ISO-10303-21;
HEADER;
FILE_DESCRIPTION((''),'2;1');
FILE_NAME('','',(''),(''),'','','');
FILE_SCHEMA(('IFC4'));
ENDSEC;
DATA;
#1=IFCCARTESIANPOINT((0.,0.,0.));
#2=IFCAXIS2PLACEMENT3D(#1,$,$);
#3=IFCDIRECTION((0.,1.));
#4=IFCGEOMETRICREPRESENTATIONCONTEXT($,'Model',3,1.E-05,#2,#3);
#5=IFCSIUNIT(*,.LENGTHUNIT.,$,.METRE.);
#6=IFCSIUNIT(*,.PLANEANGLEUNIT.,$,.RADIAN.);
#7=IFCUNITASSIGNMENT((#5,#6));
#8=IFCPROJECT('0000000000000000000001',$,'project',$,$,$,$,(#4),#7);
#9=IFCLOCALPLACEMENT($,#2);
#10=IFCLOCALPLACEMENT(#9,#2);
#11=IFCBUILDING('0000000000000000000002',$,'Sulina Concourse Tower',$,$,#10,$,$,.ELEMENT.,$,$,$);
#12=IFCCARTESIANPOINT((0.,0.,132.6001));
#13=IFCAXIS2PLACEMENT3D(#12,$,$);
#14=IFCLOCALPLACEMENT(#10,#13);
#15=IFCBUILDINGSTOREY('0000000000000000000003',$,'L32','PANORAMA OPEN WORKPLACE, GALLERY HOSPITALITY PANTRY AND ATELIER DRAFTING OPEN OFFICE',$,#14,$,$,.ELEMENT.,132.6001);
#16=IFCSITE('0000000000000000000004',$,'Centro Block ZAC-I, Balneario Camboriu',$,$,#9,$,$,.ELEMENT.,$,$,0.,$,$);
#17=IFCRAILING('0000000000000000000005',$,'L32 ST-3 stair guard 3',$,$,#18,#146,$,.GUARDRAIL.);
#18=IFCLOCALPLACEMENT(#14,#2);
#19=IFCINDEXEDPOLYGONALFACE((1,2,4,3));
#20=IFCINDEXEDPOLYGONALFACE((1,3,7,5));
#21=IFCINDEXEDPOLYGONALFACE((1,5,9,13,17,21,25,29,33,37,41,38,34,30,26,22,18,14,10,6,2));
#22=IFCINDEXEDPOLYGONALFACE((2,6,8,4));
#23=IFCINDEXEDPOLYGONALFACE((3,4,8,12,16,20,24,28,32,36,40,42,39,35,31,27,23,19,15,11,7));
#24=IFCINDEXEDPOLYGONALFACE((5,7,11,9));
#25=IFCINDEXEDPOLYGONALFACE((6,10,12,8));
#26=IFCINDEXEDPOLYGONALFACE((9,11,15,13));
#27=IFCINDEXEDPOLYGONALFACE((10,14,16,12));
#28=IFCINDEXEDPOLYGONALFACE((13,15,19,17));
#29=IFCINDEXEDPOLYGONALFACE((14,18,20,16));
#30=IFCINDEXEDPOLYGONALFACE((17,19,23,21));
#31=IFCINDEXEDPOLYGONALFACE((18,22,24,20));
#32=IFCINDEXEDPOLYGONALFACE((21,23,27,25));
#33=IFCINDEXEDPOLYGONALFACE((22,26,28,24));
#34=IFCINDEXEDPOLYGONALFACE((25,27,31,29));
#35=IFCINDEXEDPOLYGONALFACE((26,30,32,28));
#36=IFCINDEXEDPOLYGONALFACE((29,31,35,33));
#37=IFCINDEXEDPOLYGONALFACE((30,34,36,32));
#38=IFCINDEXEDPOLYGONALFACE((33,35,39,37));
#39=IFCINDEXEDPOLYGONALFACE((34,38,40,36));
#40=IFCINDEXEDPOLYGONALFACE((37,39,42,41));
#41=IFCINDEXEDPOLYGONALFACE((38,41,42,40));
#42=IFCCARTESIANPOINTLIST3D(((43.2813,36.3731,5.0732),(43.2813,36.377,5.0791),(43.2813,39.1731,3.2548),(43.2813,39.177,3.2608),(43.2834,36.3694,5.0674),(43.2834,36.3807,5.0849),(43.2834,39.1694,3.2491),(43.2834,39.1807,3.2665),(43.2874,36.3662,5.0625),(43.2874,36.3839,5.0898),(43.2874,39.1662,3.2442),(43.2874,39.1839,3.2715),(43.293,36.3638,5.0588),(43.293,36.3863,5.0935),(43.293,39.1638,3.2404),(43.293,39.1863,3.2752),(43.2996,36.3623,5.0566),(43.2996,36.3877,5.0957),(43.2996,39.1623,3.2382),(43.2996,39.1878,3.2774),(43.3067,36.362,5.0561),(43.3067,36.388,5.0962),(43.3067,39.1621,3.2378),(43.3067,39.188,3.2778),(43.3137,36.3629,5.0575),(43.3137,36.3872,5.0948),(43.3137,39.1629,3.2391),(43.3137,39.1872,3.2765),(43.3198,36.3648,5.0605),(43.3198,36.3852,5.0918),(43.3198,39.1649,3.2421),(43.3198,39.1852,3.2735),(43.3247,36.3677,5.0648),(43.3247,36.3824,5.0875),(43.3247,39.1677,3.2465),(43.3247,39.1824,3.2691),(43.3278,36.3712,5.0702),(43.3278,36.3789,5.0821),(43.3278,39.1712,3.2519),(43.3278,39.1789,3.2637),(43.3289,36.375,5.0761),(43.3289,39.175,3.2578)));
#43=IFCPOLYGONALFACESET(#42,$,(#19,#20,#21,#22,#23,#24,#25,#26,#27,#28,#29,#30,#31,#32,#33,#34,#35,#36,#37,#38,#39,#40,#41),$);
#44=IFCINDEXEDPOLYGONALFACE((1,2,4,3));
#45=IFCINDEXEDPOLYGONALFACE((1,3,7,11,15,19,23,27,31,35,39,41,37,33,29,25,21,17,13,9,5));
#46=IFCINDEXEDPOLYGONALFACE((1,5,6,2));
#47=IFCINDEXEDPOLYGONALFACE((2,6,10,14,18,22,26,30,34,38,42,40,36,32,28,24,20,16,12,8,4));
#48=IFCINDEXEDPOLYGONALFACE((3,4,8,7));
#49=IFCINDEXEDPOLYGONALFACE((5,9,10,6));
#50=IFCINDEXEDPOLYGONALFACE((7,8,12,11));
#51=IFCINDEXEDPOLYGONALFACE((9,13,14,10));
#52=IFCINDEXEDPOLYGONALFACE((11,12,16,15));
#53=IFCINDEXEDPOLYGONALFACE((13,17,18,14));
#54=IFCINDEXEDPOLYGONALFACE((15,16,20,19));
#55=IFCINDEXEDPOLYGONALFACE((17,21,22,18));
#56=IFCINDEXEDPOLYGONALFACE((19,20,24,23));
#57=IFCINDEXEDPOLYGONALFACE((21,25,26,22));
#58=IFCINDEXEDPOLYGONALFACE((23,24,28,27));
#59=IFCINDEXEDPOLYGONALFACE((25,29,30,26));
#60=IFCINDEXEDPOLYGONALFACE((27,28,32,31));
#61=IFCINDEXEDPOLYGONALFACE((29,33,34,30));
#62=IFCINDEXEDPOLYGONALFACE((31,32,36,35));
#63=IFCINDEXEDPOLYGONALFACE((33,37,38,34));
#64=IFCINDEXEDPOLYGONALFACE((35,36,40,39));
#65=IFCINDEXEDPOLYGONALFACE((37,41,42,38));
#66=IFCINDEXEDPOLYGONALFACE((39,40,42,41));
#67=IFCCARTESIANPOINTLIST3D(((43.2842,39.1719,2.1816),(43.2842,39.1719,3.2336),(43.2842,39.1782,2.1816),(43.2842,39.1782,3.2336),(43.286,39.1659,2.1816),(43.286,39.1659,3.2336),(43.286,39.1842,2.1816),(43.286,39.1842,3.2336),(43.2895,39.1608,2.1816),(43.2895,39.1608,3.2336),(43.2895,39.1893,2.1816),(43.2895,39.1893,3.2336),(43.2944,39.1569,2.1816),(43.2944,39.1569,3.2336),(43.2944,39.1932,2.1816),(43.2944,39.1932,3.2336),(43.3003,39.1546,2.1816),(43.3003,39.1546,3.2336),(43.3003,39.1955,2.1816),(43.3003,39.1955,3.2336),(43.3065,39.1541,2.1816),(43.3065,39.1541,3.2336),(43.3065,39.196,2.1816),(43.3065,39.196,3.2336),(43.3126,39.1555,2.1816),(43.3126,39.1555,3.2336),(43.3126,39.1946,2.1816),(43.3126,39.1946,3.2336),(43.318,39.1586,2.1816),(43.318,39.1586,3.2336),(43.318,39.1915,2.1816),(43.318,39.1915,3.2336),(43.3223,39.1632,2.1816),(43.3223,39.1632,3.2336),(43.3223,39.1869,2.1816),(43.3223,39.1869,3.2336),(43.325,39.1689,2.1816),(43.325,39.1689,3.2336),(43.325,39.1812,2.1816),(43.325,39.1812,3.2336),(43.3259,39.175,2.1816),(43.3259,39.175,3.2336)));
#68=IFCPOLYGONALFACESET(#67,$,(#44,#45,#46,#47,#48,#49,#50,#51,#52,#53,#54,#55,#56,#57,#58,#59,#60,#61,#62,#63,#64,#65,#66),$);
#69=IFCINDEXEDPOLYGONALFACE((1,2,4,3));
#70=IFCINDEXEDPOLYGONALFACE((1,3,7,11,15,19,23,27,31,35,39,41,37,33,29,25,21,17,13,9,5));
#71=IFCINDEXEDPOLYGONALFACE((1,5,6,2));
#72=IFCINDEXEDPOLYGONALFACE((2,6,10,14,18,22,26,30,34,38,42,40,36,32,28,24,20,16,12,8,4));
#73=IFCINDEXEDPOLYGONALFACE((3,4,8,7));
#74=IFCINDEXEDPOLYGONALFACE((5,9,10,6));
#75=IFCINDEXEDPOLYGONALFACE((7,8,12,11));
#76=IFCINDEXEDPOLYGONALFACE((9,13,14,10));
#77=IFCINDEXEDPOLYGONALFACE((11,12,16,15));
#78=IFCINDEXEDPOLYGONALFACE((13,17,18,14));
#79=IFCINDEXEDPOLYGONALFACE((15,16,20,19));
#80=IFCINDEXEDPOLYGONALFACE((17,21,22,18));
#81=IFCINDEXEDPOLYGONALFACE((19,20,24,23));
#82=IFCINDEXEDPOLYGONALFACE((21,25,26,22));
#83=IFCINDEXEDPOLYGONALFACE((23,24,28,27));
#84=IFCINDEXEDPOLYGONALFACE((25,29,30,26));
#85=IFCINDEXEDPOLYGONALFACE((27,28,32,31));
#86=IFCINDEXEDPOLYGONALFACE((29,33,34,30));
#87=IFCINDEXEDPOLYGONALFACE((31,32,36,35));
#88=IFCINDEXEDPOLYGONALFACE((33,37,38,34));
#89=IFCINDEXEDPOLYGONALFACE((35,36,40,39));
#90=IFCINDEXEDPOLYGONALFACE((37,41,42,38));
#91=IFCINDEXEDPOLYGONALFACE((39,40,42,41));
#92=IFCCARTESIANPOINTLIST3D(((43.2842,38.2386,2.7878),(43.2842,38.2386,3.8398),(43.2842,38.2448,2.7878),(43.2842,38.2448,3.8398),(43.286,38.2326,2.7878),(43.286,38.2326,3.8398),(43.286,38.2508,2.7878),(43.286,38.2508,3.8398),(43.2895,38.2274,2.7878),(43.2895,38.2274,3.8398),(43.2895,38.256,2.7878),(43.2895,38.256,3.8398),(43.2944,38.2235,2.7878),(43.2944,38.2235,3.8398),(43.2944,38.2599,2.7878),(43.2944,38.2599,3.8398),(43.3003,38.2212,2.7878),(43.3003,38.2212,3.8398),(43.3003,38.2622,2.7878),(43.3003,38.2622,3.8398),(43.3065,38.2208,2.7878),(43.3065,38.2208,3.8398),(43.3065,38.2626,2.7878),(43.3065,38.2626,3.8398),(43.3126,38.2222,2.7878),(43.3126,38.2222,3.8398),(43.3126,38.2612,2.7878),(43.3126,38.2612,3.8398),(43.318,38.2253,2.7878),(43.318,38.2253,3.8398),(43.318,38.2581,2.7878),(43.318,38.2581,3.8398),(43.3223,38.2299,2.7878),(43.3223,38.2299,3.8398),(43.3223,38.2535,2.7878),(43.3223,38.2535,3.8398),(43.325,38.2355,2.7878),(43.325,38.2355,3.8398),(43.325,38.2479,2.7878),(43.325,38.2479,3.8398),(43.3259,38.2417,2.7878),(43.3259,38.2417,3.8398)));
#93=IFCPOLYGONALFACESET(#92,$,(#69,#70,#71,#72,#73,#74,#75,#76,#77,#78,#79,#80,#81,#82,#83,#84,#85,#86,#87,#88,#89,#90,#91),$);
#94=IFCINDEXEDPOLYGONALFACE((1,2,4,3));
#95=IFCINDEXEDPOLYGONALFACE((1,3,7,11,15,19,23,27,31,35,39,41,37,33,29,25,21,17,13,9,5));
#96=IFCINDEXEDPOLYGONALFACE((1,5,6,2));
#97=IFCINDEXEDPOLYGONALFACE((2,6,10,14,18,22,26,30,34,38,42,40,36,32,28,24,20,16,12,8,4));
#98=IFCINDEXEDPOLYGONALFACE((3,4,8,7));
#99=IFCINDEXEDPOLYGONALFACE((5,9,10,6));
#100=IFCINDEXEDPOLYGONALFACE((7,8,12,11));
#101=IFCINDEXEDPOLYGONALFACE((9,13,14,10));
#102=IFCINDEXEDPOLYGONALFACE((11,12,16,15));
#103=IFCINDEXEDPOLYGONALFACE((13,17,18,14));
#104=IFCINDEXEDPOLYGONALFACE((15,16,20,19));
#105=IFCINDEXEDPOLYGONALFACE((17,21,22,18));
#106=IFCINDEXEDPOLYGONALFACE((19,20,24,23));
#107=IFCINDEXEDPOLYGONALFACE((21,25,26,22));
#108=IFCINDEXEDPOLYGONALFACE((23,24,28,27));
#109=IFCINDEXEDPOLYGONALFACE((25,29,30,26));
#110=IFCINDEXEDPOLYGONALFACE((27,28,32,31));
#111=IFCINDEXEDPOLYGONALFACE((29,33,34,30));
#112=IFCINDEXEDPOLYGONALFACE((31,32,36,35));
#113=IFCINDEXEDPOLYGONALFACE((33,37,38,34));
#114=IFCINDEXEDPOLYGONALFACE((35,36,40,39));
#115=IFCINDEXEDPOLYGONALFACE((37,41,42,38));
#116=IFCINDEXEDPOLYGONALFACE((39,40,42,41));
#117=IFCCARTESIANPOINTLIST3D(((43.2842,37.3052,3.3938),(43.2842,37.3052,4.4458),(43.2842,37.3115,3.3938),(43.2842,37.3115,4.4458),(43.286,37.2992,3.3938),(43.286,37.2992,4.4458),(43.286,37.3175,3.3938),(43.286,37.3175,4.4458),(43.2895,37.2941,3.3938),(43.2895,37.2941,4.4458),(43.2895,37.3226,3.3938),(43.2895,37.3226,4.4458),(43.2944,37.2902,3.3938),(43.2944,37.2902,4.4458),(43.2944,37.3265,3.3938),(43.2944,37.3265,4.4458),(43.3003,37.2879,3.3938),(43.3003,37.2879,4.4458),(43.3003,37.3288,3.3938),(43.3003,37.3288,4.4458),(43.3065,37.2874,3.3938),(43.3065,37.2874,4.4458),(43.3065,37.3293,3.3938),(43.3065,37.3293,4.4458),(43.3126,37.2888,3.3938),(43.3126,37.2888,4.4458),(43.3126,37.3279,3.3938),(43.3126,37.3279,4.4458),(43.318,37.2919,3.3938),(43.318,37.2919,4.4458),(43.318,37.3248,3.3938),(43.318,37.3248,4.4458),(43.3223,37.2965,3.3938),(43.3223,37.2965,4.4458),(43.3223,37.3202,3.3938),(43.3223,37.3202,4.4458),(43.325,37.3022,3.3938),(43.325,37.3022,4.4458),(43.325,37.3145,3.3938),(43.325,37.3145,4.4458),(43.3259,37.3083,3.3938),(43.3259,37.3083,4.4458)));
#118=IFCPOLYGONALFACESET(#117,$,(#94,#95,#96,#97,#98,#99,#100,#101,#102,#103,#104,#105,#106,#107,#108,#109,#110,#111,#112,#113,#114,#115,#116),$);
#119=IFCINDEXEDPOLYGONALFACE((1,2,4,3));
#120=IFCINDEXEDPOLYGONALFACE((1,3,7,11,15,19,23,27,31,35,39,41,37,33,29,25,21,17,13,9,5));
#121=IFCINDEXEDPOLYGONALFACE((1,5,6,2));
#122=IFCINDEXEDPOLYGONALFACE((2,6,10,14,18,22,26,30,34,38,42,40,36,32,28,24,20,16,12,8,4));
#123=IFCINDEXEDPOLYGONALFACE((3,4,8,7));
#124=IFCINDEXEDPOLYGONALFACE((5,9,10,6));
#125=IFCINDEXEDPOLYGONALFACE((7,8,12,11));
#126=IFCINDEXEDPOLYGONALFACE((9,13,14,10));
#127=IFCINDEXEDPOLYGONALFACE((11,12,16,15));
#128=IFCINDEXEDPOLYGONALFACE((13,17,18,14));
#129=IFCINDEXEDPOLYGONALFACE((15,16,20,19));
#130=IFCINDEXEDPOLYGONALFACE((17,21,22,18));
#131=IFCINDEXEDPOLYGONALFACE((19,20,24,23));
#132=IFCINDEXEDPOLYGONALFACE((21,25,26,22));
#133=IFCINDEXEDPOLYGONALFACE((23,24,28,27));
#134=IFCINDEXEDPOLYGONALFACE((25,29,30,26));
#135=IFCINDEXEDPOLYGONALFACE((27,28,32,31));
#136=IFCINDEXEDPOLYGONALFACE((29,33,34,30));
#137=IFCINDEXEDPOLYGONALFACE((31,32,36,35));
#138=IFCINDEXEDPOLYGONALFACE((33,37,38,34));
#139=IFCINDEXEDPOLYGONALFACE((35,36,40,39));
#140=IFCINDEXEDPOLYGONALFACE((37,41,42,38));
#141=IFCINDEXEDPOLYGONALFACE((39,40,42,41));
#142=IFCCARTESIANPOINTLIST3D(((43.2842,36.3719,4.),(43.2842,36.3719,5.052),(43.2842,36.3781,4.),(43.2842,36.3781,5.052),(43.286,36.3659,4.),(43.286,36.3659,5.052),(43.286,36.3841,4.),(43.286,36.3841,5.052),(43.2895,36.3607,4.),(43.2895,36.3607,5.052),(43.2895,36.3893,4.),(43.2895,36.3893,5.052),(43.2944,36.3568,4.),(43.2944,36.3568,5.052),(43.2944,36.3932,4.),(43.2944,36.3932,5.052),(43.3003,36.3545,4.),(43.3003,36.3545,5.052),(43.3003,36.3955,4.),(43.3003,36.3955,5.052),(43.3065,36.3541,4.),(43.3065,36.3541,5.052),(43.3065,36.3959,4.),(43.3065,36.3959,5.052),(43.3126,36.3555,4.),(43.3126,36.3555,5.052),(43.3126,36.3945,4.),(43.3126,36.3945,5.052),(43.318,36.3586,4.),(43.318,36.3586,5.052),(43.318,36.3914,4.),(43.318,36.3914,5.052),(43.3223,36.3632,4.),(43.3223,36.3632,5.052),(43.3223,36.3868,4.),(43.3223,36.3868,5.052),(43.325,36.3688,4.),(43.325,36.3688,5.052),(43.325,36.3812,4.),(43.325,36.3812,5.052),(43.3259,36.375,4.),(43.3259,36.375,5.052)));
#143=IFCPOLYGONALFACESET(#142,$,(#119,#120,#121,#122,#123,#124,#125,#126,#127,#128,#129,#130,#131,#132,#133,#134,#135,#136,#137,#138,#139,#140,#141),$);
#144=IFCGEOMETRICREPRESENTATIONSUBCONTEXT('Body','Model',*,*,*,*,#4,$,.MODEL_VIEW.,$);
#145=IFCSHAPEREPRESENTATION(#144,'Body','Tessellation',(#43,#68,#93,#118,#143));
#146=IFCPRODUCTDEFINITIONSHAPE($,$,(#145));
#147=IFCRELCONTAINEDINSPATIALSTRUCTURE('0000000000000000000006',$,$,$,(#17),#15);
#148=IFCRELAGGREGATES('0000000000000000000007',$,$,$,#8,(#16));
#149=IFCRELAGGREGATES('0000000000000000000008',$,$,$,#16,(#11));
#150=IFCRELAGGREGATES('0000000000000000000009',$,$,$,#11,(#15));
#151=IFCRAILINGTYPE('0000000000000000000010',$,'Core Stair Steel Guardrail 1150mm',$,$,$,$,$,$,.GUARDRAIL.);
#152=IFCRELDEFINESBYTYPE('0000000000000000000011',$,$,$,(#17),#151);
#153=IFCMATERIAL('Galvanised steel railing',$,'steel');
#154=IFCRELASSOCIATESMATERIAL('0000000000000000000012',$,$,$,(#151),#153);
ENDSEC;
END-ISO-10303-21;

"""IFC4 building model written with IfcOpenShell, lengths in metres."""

from ifc_helpers import new_model, si_unit, direction, frame, origin, origin_2d, place, context, subcontext, project, spatial, circle, extrude, material, type_object, element, save


model = new_model("IFC4")

# Units and contexts
model_context = context("Model", 3, precision=1e-05, world=origin(), true_north=direction((0.0, 1.0)))
body_context = subcontext(model_context, "Body", "Model", "MODEL_VIEW")
ifc_project = project(units=[si_unit("LENGTHUNIT", "METRE"), si_unit("PLANEANGLEUNIT", "RADIAN")], contexts=[model_context])

# Site, building, storey
site_placement = place(None, origin())
site = spatial("IfcSite", under=ifc_project, at=site_placement, Name="Centro Block ZAC-I, Balneario Camboriu", CompositionType="ELEMENT", RefElevation=0.0)
building_placement = place(site_placement, origin())
building = spatial("IfcBuilding", under=site, at=building_placement, Name="Sulina Concourse Tower", CompositionType="ELEMENT")
storey_placement = place(building_placement, frame((0.0, 0.0, 132.6001)))
storey = spatial("IfcBuildingStorey", under=building, at=storey_placement, Name="L32", Description="PANORAMA OPEN WORKPLACE, GALLERY HOSPITALITY PANTRY AND ATELIER DRAFTING OPEN OFFICE", CompositionType="ELEMENT", Elevation=132.6001)

# Railing
ifc_material_1 = material(Name="Galvanised steel railing", Category="steel")
railing_type_1 = type_object("IfcRailingType", Name="Core Stair Steel Guardrail 1150mm", PredefinedType="GUARDRAIL", material=ifc_material_1)
railing_1_placement = place(storey_placement, frame((43.3049, 39.175, 2.1816)))
element("IfcRailing", 1, at=railing_1_placement, inside=storey, type_object=railing_type_1, Name="L32 ST-3 stair guard 3", PredefinedType="GUARDRAIL", context=body_context, shape_type="SweptSolid", body=[
    extrude(circle(Radius=0.0239, at=origin_2d()), frame((0.0, 0.0, 1.0762), z_axis=(0.0, -0.838672, 0.544636), x_axis=(1.0, 0.0, 0.0)), (0.0, 0.0, 1.0), 3.3386),
    extrude(circle(Radius=0.021, at=origin_2d()), origin(), (0.0, 0.0, 1.0), 1.052),
    extrude(circle(Radius=0.021, at=origin_2d()), frame((0.0, -0.9333, 0.6062)), (0.0, 0.0, 1.0), 1.052),
    extrude(circle(Radius=0.021, at=origin_2d()), frame((0.0, -1.8667, 1.2122)), (0.0, 0.0, 1.0), 1.052),
    extrude(circle(Radius=0.021, at=origin_2d()), frame((0.0, -2.8, 1.8184)), (0.0, 0.0, 1.0), 1.052),
])

save(model, "model.ifc")
